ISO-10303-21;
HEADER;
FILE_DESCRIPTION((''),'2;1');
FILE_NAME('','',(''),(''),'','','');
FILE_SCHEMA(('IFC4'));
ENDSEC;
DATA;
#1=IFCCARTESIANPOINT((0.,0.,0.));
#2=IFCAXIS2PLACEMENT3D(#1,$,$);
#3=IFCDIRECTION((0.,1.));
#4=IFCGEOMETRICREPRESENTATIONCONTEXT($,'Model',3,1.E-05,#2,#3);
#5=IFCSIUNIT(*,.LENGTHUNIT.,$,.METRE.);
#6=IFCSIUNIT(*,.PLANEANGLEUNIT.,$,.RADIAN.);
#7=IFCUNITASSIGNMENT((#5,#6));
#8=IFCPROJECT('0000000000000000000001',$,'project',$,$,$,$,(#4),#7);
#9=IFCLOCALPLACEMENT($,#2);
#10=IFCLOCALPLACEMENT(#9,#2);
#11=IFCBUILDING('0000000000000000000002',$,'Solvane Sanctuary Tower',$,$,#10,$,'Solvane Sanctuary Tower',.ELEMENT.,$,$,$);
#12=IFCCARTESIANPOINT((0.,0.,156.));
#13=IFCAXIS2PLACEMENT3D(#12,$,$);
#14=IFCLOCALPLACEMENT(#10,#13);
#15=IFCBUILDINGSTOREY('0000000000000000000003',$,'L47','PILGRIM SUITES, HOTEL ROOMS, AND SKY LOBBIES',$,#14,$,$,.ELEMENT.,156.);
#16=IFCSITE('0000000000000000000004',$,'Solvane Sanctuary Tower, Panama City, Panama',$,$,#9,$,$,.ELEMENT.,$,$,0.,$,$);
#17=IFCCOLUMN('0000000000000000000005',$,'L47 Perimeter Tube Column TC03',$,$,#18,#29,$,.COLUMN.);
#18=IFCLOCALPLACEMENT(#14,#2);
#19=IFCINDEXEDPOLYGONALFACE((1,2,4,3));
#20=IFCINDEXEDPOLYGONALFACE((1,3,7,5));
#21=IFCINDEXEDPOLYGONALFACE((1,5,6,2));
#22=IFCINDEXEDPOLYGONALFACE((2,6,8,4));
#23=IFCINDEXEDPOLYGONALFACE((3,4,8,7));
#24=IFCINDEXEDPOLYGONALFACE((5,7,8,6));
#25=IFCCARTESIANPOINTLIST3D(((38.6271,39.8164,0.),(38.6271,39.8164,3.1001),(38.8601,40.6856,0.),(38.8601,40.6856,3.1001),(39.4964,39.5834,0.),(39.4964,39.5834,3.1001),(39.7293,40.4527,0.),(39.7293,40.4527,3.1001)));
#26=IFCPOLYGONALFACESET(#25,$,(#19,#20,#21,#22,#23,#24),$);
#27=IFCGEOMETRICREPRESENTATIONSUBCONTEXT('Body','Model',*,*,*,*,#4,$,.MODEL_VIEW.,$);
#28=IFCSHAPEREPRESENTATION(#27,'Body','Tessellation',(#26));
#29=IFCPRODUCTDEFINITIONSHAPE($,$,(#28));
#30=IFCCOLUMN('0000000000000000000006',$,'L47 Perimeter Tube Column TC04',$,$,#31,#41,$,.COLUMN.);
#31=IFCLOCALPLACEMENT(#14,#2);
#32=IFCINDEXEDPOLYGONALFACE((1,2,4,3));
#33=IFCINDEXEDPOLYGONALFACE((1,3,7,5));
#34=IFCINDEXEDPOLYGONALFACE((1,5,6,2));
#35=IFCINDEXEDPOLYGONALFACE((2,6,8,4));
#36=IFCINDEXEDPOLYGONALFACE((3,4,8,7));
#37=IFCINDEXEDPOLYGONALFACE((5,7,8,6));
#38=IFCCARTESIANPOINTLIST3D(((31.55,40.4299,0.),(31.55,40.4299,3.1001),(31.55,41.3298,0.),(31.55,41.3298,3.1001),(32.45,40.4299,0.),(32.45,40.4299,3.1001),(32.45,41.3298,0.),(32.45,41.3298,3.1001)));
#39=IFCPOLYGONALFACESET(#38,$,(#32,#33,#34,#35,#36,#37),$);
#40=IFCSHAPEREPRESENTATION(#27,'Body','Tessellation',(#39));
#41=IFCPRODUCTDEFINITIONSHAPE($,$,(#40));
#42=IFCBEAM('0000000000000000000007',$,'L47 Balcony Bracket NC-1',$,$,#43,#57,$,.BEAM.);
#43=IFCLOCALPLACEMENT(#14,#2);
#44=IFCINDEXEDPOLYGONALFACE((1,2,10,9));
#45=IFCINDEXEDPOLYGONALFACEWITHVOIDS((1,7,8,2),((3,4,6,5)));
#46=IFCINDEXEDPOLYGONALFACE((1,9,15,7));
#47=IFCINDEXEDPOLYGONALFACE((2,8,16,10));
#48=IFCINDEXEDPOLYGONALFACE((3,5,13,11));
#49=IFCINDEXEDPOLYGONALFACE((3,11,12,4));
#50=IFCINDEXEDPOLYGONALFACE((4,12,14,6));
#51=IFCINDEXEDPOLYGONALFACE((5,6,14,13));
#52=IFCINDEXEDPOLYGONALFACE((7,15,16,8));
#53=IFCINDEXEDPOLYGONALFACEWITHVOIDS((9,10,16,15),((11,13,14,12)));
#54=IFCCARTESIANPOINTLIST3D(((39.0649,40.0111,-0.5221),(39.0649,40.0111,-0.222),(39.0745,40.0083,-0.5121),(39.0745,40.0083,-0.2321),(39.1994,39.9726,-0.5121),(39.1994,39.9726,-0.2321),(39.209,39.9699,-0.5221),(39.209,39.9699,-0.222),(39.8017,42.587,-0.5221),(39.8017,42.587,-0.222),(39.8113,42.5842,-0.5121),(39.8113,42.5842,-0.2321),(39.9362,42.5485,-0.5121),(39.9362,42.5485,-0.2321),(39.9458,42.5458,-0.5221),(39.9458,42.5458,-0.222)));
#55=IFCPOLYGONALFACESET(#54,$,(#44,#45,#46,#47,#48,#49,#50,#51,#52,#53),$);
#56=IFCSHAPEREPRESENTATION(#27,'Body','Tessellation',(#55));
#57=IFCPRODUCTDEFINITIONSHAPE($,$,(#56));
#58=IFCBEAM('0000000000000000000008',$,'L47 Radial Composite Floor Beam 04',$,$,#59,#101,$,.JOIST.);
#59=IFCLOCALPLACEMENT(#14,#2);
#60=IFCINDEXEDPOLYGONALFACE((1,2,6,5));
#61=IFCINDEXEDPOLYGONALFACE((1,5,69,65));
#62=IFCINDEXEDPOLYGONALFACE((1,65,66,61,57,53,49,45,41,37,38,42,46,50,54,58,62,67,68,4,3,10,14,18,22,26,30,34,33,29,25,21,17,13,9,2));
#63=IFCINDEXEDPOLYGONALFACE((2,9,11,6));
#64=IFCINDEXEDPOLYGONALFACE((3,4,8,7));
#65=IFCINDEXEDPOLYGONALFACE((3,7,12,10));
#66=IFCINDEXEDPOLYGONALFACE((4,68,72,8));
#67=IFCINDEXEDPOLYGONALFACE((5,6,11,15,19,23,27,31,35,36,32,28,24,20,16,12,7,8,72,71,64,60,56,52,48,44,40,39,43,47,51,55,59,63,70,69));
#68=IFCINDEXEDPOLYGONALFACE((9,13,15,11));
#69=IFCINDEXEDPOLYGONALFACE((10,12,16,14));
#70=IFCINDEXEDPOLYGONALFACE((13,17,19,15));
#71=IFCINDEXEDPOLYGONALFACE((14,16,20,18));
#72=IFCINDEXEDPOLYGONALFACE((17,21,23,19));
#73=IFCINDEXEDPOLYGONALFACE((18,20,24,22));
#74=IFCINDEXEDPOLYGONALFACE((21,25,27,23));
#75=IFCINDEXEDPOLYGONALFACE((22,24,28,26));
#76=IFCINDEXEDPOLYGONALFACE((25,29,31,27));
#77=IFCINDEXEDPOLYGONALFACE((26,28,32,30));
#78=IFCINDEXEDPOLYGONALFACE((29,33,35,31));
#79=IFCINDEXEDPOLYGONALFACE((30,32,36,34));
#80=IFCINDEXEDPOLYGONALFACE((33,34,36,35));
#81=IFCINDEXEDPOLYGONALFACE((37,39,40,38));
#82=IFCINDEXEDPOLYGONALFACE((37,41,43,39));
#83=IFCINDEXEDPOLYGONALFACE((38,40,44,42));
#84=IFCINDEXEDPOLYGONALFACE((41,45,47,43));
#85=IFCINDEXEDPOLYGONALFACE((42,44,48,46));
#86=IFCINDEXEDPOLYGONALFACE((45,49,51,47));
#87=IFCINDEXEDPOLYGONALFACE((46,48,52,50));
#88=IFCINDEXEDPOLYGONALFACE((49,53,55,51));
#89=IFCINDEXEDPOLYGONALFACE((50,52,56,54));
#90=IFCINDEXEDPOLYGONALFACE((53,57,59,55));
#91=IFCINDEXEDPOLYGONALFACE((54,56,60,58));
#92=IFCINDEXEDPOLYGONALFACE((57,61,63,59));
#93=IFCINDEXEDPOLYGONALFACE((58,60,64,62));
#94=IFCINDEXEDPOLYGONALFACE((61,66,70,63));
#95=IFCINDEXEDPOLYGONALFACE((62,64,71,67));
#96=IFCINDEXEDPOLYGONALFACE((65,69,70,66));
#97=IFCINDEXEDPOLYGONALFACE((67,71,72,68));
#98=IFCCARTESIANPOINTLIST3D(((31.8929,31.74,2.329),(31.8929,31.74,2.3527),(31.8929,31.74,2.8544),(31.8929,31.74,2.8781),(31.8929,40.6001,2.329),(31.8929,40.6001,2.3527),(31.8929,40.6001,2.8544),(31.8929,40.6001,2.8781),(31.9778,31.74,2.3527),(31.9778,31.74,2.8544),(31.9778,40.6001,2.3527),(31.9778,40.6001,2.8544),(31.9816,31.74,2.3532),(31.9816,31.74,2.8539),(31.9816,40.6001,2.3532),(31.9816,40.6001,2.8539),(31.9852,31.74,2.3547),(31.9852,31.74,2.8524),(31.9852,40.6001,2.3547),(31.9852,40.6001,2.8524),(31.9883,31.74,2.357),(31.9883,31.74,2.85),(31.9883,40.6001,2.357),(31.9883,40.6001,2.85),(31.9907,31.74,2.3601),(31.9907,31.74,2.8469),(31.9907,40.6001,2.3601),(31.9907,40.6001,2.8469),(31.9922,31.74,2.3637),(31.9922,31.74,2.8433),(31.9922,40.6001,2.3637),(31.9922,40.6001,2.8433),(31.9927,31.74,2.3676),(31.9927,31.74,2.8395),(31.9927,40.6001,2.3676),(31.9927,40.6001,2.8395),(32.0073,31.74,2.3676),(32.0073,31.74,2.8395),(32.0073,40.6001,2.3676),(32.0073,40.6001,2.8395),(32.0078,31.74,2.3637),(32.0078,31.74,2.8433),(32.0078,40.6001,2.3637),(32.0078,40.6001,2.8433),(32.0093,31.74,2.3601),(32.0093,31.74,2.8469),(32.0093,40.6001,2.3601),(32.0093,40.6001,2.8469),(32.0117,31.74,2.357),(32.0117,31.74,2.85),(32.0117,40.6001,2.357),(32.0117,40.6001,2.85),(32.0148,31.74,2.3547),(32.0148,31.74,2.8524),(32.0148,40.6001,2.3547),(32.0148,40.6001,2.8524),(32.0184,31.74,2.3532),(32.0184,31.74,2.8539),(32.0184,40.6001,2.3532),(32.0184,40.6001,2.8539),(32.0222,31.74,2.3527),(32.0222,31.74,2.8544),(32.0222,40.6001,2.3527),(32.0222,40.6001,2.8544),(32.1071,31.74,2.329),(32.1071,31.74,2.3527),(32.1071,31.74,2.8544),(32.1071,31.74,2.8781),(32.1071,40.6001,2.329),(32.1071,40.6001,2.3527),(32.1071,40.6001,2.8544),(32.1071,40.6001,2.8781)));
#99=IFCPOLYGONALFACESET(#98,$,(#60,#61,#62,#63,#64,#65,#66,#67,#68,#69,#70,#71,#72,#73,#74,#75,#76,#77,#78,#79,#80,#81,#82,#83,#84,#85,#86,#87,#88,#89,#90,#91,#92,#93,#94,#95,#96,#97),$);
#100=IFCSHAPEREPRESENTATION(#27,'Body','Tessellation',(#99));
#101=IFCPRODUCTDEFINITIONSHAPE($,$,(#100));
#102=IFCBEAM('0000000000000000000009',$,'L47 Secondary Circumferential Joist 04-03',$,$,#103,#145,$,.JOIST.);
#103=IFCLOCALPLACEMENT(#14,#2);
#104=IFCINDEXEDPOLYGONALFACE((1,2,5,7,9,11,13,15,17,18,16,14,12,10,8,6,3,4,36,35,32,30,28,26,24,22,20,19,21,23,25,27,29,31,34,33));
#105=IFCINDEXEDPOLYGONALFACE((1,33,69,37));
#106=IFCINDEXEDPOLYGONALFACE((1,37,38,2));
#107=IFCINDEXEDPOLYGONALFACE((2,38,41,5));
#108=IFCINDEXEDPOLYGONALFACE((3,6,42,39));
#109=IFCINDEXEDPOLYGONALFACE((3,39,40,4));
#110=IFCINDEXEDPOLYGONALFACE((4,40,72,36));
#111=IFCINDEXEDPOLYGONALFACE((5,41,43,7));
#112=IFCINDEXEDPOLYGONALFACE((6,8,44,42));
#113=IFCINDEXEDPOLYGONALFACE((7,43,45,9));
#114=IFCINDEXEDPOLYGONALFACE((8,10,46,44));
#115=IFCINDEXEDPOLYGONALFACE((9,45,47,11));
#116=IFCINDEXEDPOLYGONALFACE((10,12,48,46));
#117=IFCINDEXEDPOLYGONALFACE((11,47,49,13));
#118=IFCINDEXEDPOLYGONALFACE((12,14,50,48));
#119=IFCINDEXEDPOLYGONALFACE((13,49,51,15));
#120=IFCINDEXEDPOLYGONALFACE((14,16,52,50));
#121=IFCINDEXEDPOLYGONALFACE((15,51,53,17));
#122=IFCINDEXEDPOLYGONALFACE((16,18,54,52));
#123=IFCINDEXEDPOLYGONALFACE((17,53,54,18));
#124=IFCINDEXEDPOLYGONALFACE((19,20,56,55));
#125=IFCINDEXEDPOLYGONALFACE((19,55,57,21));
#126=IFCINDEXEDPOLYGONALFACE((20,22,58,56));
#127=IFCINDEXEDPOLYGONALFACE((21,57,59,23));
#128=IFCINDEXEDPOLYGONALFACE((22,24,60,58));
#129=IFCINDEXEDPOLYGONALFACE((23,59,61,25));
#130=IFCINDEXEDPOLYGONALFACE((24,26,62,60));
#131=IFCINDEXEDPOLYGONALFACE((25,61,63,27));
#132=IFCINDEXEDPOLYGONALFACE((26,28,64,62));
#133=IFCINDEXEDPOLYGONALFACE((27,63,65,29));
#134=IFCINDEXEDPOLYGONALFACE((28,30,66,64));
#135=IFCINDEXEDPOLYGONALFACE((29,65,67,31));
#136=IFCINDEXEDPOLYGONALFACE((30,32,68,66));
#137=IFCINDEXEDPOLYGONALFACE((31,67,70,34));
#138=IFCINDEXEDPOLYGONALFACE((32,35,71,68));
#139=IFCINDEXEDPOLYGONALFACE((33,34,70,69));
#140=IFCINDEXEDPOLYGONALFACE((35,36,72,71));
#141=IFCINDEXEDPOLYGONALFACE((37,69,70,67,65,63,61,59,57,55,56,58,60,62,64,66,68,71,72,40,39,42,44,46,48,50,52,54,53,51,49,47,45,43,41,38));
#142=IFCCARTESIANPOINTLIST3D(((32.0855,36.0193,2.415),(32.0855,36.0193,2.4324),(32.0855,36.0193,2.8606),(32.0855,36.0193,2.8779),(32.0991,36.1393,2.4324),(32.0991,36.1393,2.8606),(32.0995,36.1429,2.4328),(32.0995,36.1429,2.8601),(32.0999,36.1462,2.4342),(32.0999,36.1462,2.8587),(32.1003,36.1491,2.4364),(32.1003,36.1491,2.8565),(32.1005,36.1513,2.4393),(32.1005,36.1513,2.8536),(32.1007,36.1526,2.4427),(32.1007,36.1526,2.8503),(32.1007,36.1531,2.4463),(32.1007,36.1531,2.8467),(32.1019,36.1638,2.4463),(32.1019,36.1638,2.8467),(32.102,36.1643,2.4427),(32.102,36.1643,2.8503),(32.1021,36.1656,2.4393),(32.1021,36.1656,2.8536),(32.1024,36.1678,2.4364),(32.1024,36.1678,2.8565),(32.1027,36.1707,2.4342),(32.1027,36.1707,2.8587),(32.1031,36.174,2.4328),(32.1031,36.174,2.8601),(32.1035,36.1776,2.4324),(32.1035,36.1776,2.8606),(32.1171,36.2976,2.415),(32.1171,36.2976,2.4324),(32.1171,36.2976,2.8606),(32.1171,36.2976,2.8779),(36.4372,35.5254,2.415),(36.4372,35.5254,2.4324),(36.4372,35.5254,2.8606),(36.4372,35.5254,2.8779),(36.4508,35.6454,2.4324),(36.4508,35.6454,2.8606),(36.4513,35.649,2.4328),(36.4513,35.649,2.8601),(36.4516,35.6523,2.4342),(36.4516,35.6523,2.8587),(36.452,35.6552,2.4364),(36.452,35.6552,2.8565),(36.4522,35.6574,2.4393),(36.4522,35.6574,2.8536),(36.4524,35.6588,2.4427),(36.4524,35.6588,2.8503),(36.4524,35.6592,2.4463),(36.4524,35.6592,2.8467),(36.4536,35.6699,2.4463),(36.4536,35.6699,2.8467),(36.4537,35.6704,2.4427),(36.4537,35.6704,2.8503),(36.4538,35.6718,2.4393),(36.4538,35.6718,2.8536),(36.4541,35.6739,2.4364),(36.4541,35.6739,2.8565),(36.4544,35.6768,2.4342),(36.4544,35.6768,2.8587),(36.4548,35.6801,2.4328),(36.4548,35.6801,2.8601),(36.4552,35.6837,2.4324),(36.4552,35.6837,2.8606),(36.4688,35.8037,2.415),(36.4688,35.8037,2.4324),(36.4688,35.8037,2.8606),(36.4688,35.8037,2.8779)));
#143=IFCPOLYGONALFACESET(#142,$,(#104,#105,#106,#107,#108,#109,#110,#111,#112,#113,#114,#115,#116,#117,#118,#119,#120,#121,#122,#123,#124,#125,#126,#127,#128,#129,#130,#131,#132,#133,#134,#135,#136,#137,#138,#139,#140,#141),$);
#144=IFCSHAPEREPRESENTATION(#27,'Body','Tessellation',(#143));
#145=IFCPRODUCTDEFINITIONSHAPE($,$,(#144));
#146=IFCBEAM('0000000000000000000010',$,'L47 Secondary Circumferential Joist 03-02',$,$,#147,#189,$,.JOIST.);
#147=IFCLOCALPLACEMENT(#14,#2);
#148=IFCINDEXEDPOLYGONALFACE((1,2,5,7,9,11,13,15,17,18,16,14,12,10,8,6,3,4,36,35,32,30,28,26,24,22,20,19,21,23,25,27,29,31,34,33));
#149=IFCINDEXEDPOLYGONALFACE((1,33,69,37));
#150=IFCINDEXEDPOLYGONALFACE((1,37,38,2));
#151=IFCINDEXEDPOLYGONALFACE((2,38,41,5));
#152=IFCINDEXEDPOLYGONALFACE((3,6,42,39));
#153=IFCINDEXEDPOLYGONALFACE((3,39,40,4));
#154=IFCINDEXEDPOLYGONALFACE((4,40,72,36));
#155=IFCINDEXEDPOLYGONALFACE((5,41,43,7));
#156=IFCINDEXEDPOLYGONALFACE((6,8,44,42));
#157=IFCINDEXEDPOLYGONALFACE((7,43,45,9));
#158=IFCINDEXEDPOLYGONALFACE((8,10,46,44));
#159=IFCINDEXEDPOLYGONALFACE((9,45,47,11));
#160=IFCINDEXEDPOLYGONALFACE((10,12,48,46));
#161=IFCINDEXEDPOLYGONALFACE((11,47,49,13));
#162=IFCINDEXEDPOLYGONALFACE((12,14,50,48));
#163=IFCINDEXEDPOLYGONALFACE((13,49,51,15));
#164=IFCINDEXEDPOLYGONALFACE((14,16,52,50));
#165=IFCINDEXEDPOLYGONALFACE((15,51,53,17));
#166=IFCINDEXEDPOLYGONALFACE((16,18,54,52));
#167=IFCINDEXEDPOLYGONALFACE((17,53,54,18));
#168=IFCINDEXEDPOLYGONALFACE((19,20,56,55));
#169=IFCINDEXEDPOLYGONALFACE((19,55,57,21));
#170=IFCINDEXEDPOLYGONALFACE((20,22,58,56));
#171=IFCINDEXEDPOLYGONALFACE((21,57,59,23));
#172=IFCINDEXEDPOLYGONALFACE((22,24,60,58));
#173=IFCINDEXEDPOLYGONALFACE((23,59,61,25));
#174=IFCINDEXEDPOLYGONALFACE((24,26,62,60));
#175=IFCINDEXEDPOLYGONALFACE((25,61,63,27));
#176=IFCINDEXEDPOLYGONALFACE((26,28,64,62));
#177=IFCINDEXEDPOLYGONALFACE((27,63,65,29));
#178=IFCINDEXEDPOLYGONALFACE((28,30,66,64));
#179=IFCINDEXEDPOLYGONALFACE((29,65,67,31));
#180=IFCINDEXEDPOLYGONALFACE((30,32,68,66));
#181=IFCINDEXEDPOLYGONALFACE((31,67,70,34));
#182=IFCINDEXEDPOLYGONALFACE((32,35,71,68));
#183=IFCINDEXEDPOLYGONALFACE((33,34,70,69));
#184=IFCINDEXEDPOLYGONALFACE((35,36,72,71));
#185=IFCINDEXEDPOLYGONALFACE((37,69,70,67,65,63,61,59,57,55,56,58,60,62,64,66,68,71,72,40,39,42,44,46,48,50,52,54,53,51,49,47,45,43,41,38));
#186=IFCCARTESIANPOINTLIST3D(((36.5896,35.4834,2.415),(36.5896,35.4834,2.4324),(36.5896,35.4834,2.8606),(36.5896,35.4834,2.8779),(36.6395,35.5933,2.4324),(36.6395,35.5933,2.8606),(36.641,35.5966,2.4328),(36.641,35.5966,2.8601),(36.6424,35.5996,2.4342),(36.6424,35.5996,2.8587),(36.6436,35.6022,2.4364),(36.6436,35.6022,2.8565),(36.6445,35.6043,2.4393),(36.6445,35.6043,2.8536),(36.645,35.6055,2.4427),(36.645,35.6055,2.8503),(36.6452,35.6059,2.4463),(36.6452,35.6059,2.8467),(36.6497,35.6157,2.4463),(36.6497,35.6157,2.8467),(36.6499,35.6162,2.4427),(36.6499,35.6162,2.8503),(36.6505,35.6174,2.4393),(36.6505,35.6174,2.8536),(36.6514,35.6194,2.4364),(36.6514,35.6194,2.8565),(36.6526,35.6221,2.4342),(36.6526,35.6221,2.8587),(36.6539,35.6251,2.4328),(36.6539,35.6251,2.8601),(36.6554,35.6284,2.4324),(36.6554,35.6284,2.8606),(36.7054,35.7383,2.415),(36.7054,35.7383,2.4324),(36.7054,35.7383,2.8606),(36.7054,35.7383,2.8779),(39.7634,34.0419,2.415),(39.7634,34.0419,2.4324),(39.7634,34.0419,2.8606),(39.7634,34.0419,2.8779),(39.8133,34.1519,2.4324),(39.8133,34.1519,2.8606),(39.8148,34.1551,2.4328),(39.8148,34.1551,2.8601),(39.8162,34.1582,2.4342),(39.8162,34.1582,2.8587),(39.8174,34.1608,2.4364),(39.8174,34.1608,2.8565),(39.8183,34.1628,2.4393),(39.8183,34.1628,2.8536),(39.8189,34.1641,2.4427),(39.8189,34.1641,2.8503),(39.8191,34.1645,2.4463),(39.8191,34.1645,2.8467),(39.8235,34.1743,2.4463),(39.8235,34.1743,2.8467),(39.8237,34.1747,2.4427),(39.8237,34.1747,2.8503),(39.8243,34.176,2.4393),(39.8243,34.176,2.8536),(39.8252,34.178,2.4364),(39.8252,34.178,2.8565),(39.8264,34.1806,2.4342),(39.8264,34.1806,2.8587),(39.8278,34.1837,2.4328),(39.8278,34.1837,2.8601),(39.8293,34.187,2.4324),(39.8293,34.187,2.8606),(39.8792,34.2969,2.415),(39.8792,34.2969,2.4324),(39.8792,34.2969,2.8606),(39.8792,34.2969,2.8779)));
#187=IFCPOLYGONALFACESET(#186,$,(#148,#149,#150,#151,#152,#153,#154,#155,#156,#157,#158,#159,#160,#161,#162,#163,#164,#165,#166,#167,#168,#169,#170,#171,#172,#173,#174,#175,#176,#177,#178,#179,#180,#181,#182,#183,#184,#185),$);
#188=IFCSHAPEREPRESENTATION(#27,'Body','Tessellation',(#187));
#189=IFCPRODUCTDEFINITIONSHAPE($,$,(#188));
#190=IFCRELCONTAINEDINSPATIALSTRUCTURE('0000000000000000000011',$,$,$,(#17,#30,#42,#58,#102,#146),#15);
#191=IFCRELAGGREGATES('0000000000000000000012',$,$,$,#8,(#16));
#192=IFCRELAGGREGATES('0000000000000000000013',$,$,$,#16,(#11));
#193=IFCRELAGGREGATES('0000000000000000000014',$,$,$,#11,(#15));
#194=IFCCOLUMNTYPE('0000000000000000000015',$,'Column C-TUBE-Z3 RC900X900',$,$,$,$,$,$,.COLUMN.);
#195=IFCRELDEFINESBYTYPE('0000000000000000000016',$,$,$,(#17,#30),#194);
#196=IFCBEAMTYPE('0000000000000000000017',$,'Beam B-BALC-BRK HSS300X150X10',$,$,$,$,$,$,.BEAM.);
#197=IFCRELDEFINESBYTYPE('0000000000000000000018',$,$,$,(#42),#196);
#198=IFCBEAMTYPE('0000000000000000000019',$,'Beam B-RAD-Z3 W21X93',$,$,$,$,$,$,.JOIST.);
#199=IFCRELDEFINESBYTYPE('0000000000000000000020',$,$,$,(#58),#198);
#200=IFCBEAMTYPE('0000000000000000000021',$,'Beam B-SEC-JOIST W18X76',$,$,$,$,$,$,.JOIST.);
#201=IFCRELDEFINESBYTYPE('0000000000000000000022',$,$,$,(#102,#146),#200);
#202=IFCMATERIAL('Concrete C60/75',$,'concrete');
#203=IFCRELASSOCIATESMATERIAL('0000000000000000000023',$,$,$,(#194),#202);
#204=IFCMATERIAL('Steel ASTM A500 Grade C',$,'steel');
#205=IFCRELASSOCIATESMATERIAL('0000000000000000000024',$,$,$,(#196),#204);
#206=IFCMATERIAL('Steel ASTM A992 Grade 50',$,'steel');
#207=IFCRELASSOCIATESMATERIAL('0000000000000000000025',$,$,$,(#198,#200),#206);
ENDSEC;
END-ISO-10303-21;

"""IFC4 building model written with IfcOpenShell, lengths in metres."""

from ifc_helpers import new_model, si_unit, direction, frame, origin, origin_2d, place, context, subcontext, project, spatial, rectangle, hollow_rectangle, i_section, extrude, material, material_profile, profile_set, type_object, element, save


model = new_model("IFC4")

# Units and contexts
model_context = context("Model", 3, precision=1e-05, world=origin(), true_north=direction((0.0, 1.0)))
body_context = subcontext(model_context, "Body", "Model", "MODEL_VIEW")
ifc_project = project(units=[si_unit("LENGTHUNIT", "METRE"), si_unit("PLANEANGLEUNIT", "RADIAN")], contexts=[model_context])

# Site, building, storey
site_placement = place(None, origin())
site = spatial("IfcSite", under=ifc_project, at=site_placement, Name="Solvane Sanctuary Tower, Panama City, Panama", CompositionType="ELEMENT", RefElevation=0.0)
building_placement = place(site_placement, origin())
building = spatial("IfcBuilding", under=site, at=building_placement, Name="Solvane Sanctuary Tower", LongName="Solvane Sanctuary Tower", CompositionType="ELEMENT")
storey_placement = place(building_placement, frame((0.0, 0.0, 156.0)))
storey = spatial("IfcBuildingStorey", under=building, at=storey_placement, Name="L47", Description="PILGRIM SUITES, HOTEL ROOMS, AND SKY LOBBIES", CompositionType="ELEMENT", Elevation=156.0)

# Columns
ifc_material_1 = material(Name="Concrete C60/75", Category="concrete")
ifc_material_profile_1 = material_profile(ifc_material_1, rectangle(XDim=0.8999, YDim=0.8999, at=origin_2d()), Name="RC900X900")
ifc_profile_set_1 = profile_set([ifc_material_profile_1], Name="Concrete C60/75")
column_type = type_object("IfcColumnType", Name="Column C-TUBE-Z3 RC900X900", PredefinedType="COLUMN", material=ifc_profile_set_1)
for number, where, z_axis, x_axis, name in (
    (1, (39.1782, 40.1345, 0.0), (0.0, 0.0, 1.0), (0.258819, 0.965926, 0.0), "L47 Perimeter Tube Column TC03"),
    (2, (32.0, 40.8799, 0.0), (0.0, 0.0, 1.0), (0.0, 1.0, 0.0), "L47 Perimeter Tube Column TC04"),
):
    element("IfcColumn", number, at=place(storey_placement, frame(where, z_axis=z_axis, x_axis=x_axis)), inside=storey, type_object=column_type, Name=name, PredefinedType="COLUMN", context=body_context, shape_type="SweptSolid", body=[
        extrude(rectangle(XDim=0.8999, YDim=0.8999, at=origin_2d()), origin(), (0.0, 0.0, 1.0), 3.1001),
    ])

# Beams
ifc_material_2 = material(Name="Steel ASTM A500 Grade C", Category="steel")
ifc_material_profile_2 = material_profile(ifc_material_2, hollow_rectangle(XDim=0.1499, YDim=0.3, WallThickness=0.01, at=origin_2d()), Name="HSS300X150X10")
ifc_profile_set_2 = profile_set([ifc_material_profile_2], Name="Steel ASTM A500 Grade C")
beam_type_1 = type_object("IfcBeamType", Name="Beam B-BALC-BRK HSS300X150X10", PredefinedType="BEAM", material=ifc_profile_set_2)
beam_1_placement = place(storey_placement, frame((39.137, 39.9905, -0.3721), z_axis=(0.27501, 0.961441, 0.0), x_axis=(-0.961441, 0.27501, 0.0)))
element("IfcBeam", 3, at=beam_1_placement, inside=storey, type_object=beam_type_1, Name="L47 Balcony Bracket NC-1", PredefinedType="BEAM", context=body_context, shape_type="SweptSolid", body=[
    extrude(hollow_rectangle(XDim=0.1499, YDim=0.3, WallThickness=0.01, at=origin_2d()), origin(), (0.0, 0.0, 1.0), 2.6792),
])
ifc_material_3 = material(Name="Steel ASTM A992 Grade 50", Category="steel")
ifc_material_profile_3 = material_profile(ifc_material_3, i_section(OverallWidth=0.2141, OverallDepth=0.5491, WebThickness=0.0146, FlangeThickness=0.0237, FilletRadius=0.0149, at=origin_2d()), Name="W21X93")
ifc_profile_set_3 = profile_set([ifc_material_profile_3], Name="Steel ASTM A992 Grade 50")
beam_type_2 = type_object("IfcBeamType", Name="Beam B-RAD-Z3 W21X93", PredefinedType="JOIST", material=ifc_profile_set_3)
beam_2_placement = place(storey_placement, frame((32.0, 31.74, 2.6035), z_axis=(0.0, 1.0, 0.0), x_axis=(-1.0, 0.0, 0.0)))
element("IfcBeam", 4, at=beam_2_placement, inside=storey, type_object=beam_type_2, Name="L47 Radial Composite Floor Beam 04", PredefinedType="JOIST", context=body_context, shape_type="SweptSolid", body=[
    extrude(i_section(OverallWidth=0.2141, OverallDepth=0.5491, WebThickness=0.0146, FlangeThickness=0.0237, FilletRadius=0.0149, at=origin_2d()), origin(), (0.0, 0.0, 1.0), 8.8601),
])
ifc_material_profile_4 = material_profile(ifc_material_3, i_section(OverallWidth=0.28, OverallDepth=0.4629, WebThickness=0.0107, FlangeThickness=0.0173, FilletRadius=0.0139, at=origin_2d()), Name="W18X76")
ifc_profile_set_4 = profile_set([ifc_material_profile_4], Name="Steel ASTM A992 Grade 50")
beam_type_3 = type_object("IfcBeamType", Name="Beam B-SEC-JOIST W18X76", PredefinedType="JOIST", material=ifc_profile_set_4)
beam_3_placement = place(storey_placement, frame((32.1013, 36.1584, 2.6465), z_axis=(0.993621, -0.112768, 0.0), x_axis=(0.112768, 0.993621, 0.0)))
element("IfcBeam", 5, at=beam_3_placement, inside=storey, type_object=beam_type_3, Name="L47 Secondary Circumferential Joist 04-03", PredefinedType="JOIST", context=body_context, shape_type="SweptSolid", body=[
    extrude(i_section(OverallWidth=0.28, OverallDepth=0.4629, WebThickness=0.0107, FlangeThickness=0.0173, FilletRadius=0.0139, at=origin_2d()), origin(), (0.0, 0.0, 1.0), 4.3796),
])
beam_4_placement = place(storey_placement, frame((36.6475, 35.6108, 2.6465), z_axis=(0.910501, -0.413507, 0.0), x_axis=(0.413507, 0.910501, 0.0)))
element("IfcBeam", 6, at=beam_4_placement, inside=storey, type_object=beam_type_3, Name="L47 Secondary Circumferential Joist 03-02", PredefinedType="JOIST", context=body_context, shape_type="SweptSolid", body=[
    extrude(i_section(OverallWidth=0.28, OverallDepth=0.4629, WebThickness=0.0107, FlangeThickness=0.0173, FilletRadius=0.0139, at=origin_2d()), origin(), (0.0, 0.0, 1.0), 3.4858),
])

save(model, "model.ifc")
